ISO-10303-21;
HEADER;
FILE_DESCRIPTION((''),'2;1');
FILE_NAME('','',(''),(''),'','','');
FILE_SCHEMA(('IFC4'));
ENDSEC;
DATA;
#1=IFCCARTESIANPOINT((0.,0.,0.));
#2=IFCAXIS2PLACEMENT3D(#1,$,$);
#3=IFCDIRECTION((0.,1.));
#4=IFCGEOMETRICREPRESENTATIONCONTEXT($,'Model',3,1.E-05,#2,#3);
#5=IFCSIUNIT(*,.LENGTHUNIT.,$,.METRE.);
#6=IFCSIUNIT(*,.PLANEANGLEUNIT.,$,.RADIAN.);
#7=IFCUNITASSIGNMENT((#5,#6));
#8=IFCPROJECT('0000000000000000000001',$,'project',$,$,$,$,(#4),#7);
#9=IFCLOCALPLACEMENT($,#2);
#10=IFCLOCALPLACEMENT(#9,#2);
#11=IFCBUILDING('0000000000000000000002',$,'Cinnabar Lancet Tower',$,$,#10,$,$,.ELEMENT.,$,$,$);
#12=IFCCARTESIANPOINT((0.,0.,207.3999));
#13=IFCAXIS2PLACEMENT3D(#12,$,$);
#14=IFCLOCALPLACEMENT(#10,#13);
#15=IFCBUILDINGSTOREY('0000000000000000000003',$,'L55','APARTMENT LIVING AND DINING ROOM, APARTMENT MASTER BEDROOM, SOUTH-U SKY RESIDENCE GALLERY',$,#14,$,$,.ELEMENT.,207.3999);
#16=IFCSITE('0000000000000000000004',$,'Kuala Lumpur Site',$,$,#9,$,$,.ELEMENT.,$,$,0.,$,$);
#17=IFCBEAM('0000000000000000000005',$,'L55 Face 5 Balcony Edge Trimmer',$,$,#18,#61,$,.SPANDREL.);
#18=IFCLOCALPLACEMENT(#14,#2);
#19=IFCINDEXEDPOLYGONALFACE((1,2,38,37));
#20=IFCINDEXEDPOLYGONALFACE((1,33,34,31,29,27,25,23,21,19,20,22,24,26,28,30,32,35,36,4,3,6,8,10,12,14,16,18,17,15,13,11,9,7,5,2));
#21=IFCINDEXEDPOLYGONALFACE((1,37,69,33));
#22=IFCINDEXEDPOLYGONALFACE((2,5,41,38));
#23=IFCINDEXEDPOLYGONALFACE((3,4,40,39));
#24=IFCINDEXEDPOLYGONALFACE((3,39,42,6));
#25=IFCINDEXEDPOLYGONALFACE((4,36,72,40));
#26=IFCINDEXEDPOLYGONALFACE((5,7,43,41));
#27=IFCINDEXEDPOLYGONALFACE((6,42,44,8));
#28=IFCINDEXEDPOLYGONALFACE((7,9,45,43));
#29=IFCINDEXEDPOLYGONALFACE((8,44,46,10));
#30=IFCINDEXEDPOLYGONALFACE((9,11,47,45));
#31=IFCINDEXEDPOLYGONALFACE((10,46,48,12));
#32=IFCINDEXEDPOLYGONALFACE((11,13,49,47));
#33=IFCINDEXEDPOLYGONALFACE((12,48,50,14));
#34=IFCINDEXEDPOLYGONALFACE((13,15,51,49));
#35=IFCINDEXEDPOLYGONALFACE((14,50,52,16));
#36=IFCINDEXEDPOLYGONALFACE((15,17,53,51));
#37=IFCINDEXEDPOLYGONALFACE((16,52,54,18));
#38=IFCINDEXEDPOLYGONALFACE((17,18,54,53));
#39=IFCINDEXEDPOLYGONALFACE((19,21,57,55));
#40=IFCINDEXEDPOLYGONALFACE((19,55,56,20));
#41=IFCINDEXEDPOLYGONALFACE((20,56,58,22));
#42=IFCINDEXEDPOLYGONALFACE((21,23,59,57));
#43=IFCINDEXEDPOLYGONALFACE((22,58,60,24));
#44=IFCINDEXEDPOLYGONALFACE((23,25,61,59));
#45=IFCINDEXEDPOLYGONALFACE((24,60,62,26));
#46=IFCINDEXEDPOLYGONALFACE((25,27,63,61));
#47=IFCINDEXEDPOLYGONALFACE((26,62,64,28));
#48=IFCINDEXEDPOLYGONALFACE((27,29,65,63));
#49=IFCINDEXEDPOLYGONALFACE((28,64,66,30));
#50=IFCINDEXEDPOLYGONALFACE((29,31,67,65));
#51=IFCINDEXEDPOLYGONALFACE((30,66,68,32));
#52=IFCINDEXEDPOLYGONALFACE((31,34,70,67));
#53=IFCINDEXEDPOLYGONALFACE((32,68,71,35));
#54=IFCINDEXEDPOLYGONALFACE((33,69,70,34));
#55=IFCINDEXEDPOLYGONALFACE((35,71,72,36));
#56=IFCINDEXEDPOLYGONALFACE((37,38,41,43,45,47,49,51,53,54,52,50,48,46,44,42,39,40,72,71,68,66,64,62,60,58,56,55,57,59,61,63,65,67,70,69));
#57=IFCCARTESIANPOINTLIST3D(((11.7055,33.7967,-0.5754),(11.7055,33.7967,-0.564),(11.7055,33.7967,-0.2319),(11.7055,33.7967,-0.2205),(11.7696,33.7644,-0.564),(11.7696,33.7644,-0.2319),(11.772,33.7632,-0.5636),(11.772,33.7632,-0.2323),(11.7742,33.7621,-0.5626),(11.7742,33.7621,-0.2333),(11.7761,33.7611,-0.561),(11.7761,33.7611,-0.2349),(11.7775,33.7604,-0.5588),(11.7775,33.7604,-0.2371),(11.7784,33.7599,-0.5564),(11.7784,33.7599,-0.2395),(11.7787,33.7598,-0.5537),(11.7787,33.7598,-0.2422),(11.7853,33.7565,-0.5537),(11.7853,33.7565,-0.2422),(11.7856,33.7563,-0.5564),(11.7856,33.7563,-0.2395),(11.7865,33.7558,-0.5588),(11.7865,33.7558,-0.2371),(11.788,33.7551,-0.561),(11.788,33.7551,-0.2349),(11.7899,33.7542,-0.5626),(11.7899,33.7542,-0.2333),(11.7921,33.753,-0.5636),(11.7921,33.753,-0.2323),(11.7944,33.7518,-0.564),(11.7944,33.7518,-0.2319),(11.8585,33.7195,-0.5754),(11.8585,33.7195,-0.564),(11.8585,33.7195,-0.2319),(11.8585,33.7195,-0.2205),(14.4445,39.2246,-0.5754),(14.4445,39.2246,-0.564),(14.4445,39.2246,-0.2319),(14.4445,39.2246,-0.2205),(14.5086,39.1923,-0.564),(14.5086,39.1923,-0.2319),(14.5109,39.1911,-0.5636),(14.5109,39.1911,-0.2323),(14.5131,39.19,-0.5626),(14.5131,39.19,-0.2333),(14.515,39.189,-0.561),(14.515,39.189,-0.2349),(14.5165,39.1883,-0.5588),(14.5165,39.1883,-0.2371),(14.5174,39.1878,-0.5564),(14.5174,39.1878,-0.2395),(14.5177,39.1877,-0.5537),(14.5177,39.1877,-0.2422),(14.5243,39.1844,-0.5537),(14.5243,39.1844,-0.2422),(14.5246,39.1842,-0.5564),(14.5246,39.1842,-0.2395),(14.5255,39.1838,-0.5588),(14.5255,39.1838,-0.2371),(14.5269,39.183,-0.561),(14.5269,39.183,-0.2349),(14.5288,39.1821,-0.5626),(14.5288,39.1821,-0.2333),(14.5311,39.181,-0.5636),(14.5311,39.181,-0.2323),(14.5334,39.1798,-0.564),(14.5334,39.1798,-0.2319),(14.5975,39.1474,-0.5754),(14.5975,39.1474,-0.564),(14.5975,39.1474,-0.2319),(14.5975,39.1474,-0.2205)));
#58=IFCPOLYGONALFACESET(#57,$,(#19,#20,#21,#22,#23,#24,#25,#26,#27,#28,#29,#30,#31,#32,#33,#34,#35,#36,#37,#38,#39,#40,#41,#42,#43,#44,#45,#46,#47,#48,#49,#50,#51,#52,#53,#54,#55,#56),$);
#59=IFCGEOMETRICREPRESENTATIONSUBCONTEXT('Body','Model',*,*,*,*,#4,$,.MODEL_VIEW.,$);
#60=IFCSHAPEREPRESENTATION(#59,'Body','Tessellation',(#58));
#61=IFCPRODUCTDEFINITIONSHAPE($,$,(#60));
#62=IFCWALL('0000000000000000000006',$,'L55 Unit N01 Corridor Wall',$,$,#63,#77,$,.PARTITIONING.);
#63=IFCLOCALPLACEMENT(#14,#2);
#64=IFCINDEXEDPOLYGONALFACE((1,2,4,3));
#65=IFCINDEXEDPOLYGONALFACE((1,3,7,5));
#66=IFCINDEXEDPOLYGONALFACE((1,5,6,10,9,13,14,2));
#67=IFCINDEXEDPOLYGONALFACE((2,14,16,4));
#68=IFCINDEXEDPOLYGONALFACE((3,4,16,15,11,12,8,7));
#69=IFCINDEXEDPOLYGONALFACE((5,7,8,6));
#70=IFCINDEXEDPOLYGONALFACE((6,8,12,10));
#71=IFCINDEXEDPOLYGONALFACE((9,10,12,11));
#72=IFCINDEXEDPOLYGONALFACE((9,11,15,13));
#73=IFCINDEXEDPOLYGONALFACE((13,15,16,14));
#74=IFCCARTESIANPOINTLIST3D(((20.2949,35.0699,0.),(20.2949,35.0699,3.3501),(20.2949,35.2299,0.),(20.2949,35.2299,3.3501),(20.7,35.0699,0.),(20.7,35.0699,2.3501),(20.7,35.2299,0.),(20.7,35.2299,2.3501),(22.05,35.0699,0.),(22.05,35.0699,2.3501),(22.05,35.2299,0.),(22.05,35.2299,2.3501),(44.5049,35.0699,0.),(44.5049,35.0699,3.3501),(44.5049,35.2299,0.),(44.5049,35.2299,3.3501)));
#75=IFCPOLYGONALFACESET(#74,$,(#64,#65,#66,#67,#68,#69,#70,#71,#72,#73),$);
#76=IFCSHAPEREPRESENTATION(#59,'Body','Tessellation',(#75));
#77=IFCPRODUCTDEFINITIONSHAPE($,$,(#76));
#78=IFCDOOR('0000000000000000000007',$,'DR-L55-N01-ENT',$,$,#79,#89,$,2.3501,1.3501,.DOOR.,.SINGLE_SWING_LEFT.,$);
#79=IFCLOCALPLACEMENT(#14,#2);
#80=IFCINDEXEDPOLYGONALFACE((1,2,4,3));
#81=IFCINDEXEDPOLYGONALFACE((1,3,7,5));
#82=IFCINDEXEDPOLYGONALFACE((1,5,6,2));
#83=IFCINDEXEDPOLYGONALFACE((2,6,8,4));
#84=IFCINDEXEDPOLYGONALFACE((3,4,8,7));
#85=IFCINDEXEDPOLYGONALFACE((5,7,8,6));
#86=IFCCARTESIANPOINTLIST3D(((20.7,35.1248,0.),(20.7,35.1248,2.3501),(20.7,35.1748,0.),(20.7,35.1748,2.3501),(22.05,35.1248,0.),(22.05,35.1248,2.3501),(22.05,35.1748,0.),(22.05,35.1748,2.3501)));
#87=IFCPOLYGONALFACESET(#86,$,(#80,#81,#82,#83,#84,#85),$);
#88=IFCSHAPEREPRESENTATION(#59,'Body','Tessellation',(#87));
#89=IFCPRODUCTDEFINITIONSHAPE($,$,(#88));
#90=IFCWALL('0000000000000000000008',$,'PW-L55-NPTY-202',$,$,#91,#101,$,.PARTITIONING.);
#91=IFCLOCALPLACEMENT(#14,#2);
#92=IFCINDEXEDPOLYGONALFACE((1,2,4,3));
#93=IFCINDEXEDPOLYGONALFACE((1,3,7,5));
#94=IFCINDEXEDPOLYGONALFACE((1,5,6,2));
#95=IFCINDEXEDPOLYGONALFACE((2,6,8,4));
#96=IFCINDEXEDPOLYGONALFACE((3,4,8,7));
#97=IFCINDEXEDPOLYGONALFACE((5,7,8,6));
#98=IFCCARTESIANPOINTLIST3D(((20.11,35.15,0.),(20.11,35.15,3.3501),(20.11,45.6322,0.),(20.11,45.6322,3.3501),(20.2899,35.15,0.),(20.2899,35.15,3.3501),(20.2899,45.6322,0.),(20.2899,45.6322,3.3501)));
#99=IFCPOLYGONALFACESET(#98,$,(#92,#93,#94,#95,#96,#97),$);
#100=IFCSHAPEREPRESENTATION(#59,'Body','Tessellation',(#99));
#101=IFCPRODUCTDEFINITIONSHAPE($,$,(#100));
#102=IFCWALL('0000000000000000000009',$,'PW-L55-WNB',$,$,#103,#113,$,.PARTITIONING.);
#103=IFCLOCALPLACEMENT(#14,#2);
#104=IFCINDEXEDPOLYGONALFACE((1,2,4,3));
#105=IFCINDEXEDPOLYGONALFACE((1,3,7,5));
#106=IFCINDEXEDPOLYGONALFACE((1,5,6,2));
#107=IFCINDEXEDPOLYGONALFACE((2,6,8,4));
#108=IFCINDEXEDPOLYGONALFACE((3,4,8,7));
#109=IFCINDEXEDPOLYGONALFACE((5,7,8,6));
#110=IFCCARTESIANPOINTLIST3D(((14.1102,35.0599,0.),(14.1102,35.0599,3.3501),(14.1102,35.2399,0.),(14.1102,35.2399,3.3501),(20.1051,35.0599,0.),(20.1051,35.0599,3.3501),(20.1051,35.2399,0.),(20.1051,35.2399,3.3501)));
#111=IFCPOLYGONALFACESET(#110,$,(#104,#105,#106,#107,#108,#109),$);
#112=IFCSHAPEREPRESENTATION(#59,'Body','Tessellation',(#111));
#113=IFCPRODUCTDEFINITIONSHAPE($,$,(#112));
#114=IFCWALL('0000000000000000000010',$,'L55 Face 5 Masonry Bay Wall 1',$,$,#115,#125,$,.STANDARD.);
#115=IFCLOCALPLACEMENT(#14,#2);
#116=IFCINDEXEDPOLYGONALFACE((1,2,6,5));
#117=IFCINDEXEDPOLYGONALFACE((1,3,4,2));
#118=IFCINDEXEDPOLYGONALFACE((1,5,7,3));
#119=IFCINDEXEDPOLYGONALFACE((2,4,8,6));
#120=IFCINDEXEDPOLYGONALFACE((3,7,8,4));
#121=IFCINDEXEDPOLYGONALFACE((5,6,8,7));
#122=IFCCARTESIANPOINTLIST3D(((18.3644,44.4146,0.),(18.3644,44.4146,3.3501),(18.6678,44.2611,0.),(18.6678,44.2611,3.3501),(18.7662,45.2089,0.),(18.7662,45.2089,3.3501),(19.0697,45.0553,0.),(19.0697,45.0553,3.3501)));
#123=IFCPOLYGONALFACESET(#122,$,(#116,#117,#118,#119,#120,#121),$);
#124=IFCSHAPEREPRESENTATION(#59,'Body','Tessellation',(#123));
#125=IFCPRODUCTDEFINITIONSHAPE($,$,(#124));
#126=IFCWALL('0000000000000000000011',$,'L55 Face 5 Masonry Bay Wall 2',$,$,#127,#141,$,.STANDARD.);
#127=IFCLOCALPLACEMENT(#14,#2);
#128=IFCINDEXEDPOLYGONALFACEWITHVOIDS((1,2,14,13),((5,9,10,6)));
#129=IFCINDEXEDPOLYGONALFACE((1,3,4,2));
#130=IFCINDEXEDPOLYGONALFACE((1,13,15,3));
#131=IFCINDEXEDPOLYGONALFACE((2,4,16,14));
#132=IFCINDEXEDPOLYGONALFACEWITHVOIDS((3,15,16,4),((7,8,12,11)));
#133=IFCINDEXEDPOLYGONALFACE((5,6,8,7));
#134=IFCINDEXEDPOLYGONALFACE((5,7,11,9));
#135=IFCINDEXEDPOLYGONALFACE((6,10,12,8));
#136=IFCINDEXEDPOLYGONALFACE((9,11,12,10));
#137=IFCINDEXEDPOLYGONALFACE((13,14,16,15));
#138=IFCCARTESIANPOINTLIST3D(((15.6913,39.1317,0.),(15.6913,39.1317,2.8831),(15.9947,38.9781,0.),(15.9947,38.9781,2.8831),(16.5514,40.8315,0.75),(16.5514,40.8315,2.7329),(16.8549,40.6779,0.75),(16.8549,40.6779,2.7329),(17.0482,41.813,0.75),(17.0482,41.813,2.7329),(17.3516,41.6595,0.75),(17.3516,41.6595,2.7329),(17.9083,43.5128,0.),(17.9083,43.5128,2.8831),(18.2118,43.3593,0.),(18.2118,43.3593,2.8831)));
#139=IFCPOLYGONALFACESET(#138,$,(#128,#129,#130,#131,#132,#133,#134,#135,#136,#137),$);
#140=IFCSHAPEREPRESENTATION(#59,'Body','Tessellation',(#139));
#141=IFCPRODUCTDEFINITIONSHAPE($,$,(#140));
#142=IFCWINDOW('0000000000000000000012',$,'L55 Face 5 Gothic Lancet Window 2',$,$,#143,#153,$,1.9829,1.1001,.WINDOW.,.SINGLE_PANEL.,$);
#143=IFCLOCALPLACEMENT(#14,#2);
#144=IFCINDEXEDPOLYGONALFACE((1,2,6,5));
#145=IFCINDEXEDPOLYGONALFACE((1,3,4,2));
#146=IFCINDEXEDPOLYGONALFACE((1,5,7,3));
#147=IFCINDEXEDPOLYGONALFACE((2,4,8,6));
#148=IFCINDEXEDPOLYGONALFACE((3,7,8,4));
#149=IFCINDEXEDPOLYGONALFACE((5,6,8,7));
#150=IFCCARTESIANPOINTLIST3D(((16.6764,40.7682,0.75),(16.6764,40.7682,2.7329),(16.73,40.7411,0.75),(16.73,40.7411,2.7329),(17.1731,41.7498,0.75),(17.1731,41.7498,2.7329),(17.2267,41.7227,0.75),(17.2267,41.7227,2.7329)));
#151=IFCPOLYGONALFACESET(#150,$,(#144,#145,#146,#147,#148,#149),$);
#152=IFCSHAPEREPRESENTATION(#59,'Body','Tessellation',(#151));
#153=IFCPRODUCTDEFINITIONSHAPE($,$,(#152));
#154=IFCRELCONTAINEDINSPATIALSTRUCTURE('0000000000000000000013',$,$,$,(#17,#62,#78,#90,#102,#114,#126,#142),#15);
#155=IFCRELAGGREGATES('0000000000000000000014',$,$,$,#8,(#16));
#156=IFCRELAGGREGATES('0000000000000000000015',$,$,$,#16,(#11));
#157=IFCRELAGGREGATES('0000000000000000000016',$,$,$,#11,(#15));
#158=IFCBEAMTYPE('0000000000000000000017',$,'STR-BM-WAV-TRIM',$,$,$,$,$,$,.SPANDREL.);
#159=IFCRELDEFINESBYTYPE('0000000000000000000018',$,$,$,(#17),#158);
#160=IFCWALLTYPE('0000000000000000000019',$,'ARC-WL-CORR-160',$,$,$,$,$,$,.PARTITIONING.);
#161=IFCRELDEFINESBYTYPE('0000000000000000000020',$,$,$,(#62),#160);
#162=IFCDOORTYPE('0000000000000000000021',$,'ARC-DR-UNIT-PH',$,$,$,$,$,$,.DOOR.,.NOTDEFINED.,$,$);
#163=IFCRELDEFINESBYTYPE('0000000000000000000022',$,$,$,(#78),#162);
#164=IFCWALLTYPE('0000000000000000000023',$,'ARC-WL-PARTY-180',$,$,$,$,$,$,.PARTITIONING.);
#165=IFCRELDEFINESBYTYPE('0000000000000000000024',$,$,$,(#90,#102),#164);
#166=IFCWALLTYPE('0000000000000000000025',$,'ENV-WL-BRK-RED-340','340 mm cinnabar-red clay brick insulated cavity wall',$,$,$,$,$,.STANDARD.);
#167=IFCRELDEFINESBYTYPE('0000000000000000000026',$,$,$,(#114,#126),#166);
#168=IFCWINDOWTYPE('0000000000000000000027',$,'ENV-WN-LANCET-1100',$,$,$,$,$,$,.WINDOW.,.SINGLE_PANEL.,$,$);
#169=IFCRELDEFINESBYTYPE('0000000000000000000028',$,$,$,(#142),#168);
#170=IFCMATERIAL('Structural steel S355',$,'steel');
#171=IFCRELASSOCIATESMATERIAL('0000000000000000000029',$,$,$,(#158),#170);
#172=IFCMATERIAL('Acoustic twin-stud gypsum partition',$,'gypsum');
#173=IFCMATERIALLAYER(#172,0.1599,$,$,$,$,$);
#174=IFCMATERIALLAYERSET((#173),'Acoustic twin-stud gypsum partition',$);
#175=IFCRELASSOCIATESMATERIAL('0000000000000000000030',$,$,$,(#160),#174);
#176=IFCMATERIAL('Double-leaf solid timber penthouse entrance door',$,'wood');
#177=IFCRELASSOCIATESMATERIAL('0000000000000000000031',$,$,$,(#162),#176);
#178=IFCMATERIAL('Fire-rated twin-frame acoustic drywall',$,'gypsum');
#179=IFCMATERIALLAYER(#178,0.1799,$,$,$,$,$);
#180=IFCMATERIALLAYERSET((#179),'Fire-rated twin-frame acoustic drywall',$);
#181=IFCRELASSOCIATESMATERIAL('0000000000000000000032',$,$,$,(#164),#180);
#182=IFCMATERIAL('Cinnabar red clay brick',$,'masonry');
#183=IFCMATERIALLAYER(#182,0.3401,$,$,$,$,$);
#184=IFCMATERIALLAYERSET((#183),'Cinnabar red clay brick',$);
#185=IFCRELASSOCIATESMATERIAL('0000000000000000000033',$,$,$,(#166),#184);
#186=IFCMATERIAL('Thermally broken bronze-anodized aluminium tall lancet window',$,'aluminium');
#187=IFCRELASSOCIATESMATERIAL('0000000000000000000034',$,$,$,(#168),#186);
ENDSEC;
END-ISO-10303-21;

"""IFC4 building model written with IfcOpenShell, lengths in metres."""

from ifc_helpers import new_model, si_unit, direction, frame, frame_2d, origin, origin_2d, place, context, subcontext, project, spatial, rectangle, i_section, extrude, material, layer, layer_set, material_profile, profile_set, type_object, element, fill, save


model = new_model("IFC4")

# Units and contexts
model_context = context("Model", 3, precision=1e-05, world=origin(), true_north=direction((0.0, 1.0)))
body_context = subcontext(model_context, "Body", "Model", "MODEL_VIEW")
ifc_project = project(units=[si_unit("LENGTHUNIT", "METRE"), si_unit("PLANEANGLEUNIT", "RADIAN")], contexts=[model_context])

# Site, building, storey
site_placement = place(None, origin())
site = spatial("IfcSite", under=ifc_project, at=site_placement, Name="Kuala Lumpur Site", CompositionType="ELEMENT", RefElevation=0.0)
building_placement = place(site_placement, origin())
building = spatial("IfcBuilding", under=site, at=building_placement, Name="Cinnabar Lancet Tower", CompositionType="ELEMENT")
storey_placement = place(building_placement, frame((0.0, 0.0, 207.3999)))
storey = spatial("IfcBuildingStorey", under=building, at=storey_placement, Name="L55", Description="APARTMENT LIVING AND DINING ROOM, APARTMENT MASTER BEDROOM, SOUTH-U SKY RESIDENCE GALLERY", CompositionType="ELEMENT", Elevation=207.3999)

# Beam
ifc_material_1 = material(Name="Structural steel S355", Category="steel")
ifc_material_profile_1 = material_profile(ifc_material_1, i_section(OverallWidth=0.1714, OverallDepth=0.355, WebThickness=0.0073, FlangeThickness=0.0115, FilletRadius=0.0103, at=origin_2d()), Name="UKB 356x171x51")
ifc_profile_set_1 = profile_set([ifc_material_profile_1], Name="Structural steel S355")
beam_type_1 = type_object("IfcBeamType", Name="STR-BM-WAV-TRIM", PredefinedType="SPANDREL", material=ifc_profile_set_1)
beam_1_placement = place(storey_placement, frame((14.521, 39.186, -0.3979), z_axis=(-0.450503, -0.892775, 0.0), x_axis=(0.892775, -0.450503, 0.0)))
element("IfcBeam", 1, at=beam_1_placement, inside=storey, type_object=beam_type_1, Name="L55 Face 5 Balcony Edge Trimmer", PredefinedType="SPANDREL", context=body_context, shape_type="SweptSolid", body=[
    extrude(i_section(OverallWidth=0.1714, OverallDepth=0.355, WebThickness=0.0073, FlangeThickness=0.0115, FilletRadius=0.0103, at=origin_2d()), origin(), (0.0, 0.0, 1.0), 6.0798),
])

# Wall, opening, door
ifc_material_2 = material(Name="Acoustic twin-stud gypsum partition", Category="gypsum")
ifc_layer_1 = layer(ifc_material_2, 0.1599)
ifc_layer_set_1 = layer_set([ifc_layer_1], Name="Acoustic twin-stud gypsum partition")
wall_type_1 = type_object("IfcWallType", Name="ARC-WL-CORR-160", PredefinedType="PARTITIONING", material=ifc_layer_set_1)
wall_1_placement = place(storey_placement, frame((20.2949, 35.1499, 0.0), z_axis=(0.0, 0.0, 1.0), x_axis=(1.0, 0.0, 0.0)))
wall_1 = element("IfcWall", 2, at=wall_1_placement, inside=storey, type_object=wall_type_1, Name="L55 Unit N01 Corridor Wall", PredefinedType="PARTITIONING", context=body_context, shape_type="SweptSolid", body=[
    extrude(rectangle(XDim=24.21, YDim=0.1599, at=frame_2d((12.105, 0.0))), origin(), (0.0, 0.0, 1.0), 3.3501),
])
opening_1_placement = place(wall_1_placement, frame((0.405, 0.0, 0.0)))
opening_1 = element("IfcOpeningElement", 3, at=opening_1_placement, cuts=wall_1, PredefinedType="OPENING", context=body_context, shape_type="SweptSolid", body=[
    extrude(rectangle(XDim=1.3501, YDim=2.3501, at=frame_2d((0.675, 1.175))), frame((0.0, 0.0898, 0.0), z_axis=(0.0, -1.0, 0.0), x_axis=(1.0, 0.0, 0.0)), (0.0, 0.0, 1.0), 0.1799),
])
ifc_material_3 = material(Name="Double-leaf solid timber penthouse entrance door", Category="wood")
door_type_1 = type_object("IfcDoorType", Name="ARC-DR-UNIT-PH", OperationType="NOTDEFINED", PredefinedType="DOOR", material=ifc_material_3)
door_1_placement = place(opening_1_placement, origin())
door_1 = element("IfcDoor", 4, at=door_1_placement, inside=storey, type_object=door_type_1, Name="DR-L55-N01-ENT", OperationType="SINGLE_SWING_LEFT", OverallHeight=2.3501, OverallWidth=1.3501, PredefinedType="DOOR", context=body_context, shape_type="SweptSolid", body=[
    extrude(rectangle(XDim=1.3501, YDim=2.3501, at=frame_2d((0.675, 1.175))), frame((0.0, 0.0249, 0.0), z_axis=(0.0, -1.0, 0.0), x_axis=(1.0, 0.0, 0.0)), (0.0, 0.0, 1.0), 0.05),
])
fill(opening_1, door_1)

# Walls
ifc_material_4 = material(Name="Fire-rated twin-frame acoustic drywall", Category="gypsum")
ifc_layer_2 = layer(ifc_material_4, 0.1799)
ifc_layer_set_2 = layer_set([ifc_layer_2], Name="Fire-rated twin-frame acoustic drywall")
wall_type_2 = type_object("IfcWallType", Name="ARC-WL-PARTY-180", PredefinedType="PARTITIONING", material=ifc_layer_set_2)
wall_2_placement = place(storey_placement, frame((20.2, 35.1499, 0.0), z_axis=(0.0, 0.0, 1.0), x_axis=(0.0, 1.0, 0.0)))
element("IfcWall", 5, at=wall_2_placement, inside=storey, type_object=wall_type_2, Name="PW-L55-NPTY-202", PredefinedType="PARTITIONING", context=body_context, shape_type="SweptSolid", body=[
    extrude(rectangle(XDim=10.4822, YDim=0.1799, at=frame_2d((5.2412, 0.0))), origin(), (0.0, 0.0, 1.0), 3.3501),
])
wall_3_placement = place(storey_placement, frame((14.1101, 35.1499, 0.0), z_axis=(0.0, 0.0, 1.0), x_axis=(1.0, 0.0, 0.0)))
element("IfcWall", 6, at=wall_3_placement, inside=storey, type_object=wall_type_2, Name="PW-L55-WNB", PredefinedType="PARTITIONING", context=body_context, shape_type="SweptSolid", body=[
    extrude(rectangle(XDim=5.9949, YDim=0.1799, at=frame_2d((2.9976, 0.0))), origin(), (0.0, 0.0, 1.0), 3.3501),
])
ifc_material_5 = material(Name="Cinnabar red clay brick", Category="masonry")
ifc_layer_3 = layer(ifc_material_5, 0.3401)
ifc_layer_set_3 = layer_set([ifc_layer_3], Name="Cinnabar red clay brick")
wall_type_3 = type_object("IfcWallType", Name="ENV-WL-BRK-RED-340", Description="340 mm cinnabar-red clay brick insulated cavity wall", PredefinedType="STANDARD", material=ifc_layer_set_3)
wall_4_placement = place(storey_placement, frame((18.918, 45.1321, 0.0), z_axis=(0.0, 0.0, 1.0), x_axis=(-0.451487, -0.892277, 0.0)))
element("IfcWall", 7, at=wall_4_placement, inside=storey, type_object=wall_type_3, Name="L55 Face 5 Masonry Bay Wall 1", PredefinedType="STANDARD", context=body_context, shape_type="SweptSolid", body=[
    extrude(rectangle(XDim=0.8901, YDim=0.3401, at=frame_2d((0.4451, 0.0))), origin(), (0.0, 0.0, 1.0), 3.3501),
])

# Wall, opening, window
wall_5_placement = place(storey_placement, frame((18.0601, 43.436, 0.0), z_axis=(0.0, 0.0, 1.0), x_axis=(-0.451524, -0.892259, 0.0)))
wall_5 = element("IfcWall", 8, at=wall_5_placement, inside=storey, type_object=wall_type_3, Name="L55 Face 5 Masonry Bay Wall 2", PredefinedType="STANDARD", context=body_context, shape_type="SweptSolid", body=[
    extrude(rectangle(XDim=4.9102, YDim=0.3401, at=frame_2d((2.4551, 0.0))), origin(), (0.0, 0.0, 1.0), 2.8831),
])
opening_2_placement = place(wall_5_placement, frame((1.905, 0.0, 0.75)))
opening_2 = element("IfcOpeningElement", 9, at=opening_2_placement, cuts=wall_5, PredefinedType="OPENING", context=body_context, shape_type="SweptSolid", body=[
    extrude(rectangle(XDim=1.1001, YDim=1.9829, at=frame_2d((0.55, 0.9915))), frame((0.0, 0.1799, 0.0), z_axis=(0.0, -1.0, 0.0), x_axis=(1.0, 0.0, 0.0)), (0.0, 0.0, 1.0), 0.3601),
])
ifc_material_6 = material(Name="Thermally broken bronze-anodized aluminium tall lancet window", Category="aluminium")
window_type = type_object("IfcWindowType", Name="ENV-WN-LANCET-1100", PartitioningType="SINGLE_PANEL", PredefinedType="WINDOW", material=ifc_material_6)
window_1_placement = place(opening_2_placement, origin())
window_1 = element("IfcWindow", 10, at=window_1_placement, inside=storey, type_object=window_type, Name="L55 Face 5 Gothic Lancet Window 2", OverallHeight=1.9829, OverallWidth=1.1001, PartitioningType="SINGLE_PANEL", PredefinedType="WINDOW", context=body_context, shape_type="SweptSolid", body=[
    extrude(rectangle(XDim=1.1001, YDim=1.9829, at=frame_2d((0.55, 0.9915))), frame((0.0, 0.03, 0.0), z_axis=(0.0, -1.0, 0.0), x_axis=(1.0, 0.0, 0.0)), (0.0, 0.0, 1.0), 0.0601),
])
fill(opening_2, window_1)

save(model, "model.ifc")
